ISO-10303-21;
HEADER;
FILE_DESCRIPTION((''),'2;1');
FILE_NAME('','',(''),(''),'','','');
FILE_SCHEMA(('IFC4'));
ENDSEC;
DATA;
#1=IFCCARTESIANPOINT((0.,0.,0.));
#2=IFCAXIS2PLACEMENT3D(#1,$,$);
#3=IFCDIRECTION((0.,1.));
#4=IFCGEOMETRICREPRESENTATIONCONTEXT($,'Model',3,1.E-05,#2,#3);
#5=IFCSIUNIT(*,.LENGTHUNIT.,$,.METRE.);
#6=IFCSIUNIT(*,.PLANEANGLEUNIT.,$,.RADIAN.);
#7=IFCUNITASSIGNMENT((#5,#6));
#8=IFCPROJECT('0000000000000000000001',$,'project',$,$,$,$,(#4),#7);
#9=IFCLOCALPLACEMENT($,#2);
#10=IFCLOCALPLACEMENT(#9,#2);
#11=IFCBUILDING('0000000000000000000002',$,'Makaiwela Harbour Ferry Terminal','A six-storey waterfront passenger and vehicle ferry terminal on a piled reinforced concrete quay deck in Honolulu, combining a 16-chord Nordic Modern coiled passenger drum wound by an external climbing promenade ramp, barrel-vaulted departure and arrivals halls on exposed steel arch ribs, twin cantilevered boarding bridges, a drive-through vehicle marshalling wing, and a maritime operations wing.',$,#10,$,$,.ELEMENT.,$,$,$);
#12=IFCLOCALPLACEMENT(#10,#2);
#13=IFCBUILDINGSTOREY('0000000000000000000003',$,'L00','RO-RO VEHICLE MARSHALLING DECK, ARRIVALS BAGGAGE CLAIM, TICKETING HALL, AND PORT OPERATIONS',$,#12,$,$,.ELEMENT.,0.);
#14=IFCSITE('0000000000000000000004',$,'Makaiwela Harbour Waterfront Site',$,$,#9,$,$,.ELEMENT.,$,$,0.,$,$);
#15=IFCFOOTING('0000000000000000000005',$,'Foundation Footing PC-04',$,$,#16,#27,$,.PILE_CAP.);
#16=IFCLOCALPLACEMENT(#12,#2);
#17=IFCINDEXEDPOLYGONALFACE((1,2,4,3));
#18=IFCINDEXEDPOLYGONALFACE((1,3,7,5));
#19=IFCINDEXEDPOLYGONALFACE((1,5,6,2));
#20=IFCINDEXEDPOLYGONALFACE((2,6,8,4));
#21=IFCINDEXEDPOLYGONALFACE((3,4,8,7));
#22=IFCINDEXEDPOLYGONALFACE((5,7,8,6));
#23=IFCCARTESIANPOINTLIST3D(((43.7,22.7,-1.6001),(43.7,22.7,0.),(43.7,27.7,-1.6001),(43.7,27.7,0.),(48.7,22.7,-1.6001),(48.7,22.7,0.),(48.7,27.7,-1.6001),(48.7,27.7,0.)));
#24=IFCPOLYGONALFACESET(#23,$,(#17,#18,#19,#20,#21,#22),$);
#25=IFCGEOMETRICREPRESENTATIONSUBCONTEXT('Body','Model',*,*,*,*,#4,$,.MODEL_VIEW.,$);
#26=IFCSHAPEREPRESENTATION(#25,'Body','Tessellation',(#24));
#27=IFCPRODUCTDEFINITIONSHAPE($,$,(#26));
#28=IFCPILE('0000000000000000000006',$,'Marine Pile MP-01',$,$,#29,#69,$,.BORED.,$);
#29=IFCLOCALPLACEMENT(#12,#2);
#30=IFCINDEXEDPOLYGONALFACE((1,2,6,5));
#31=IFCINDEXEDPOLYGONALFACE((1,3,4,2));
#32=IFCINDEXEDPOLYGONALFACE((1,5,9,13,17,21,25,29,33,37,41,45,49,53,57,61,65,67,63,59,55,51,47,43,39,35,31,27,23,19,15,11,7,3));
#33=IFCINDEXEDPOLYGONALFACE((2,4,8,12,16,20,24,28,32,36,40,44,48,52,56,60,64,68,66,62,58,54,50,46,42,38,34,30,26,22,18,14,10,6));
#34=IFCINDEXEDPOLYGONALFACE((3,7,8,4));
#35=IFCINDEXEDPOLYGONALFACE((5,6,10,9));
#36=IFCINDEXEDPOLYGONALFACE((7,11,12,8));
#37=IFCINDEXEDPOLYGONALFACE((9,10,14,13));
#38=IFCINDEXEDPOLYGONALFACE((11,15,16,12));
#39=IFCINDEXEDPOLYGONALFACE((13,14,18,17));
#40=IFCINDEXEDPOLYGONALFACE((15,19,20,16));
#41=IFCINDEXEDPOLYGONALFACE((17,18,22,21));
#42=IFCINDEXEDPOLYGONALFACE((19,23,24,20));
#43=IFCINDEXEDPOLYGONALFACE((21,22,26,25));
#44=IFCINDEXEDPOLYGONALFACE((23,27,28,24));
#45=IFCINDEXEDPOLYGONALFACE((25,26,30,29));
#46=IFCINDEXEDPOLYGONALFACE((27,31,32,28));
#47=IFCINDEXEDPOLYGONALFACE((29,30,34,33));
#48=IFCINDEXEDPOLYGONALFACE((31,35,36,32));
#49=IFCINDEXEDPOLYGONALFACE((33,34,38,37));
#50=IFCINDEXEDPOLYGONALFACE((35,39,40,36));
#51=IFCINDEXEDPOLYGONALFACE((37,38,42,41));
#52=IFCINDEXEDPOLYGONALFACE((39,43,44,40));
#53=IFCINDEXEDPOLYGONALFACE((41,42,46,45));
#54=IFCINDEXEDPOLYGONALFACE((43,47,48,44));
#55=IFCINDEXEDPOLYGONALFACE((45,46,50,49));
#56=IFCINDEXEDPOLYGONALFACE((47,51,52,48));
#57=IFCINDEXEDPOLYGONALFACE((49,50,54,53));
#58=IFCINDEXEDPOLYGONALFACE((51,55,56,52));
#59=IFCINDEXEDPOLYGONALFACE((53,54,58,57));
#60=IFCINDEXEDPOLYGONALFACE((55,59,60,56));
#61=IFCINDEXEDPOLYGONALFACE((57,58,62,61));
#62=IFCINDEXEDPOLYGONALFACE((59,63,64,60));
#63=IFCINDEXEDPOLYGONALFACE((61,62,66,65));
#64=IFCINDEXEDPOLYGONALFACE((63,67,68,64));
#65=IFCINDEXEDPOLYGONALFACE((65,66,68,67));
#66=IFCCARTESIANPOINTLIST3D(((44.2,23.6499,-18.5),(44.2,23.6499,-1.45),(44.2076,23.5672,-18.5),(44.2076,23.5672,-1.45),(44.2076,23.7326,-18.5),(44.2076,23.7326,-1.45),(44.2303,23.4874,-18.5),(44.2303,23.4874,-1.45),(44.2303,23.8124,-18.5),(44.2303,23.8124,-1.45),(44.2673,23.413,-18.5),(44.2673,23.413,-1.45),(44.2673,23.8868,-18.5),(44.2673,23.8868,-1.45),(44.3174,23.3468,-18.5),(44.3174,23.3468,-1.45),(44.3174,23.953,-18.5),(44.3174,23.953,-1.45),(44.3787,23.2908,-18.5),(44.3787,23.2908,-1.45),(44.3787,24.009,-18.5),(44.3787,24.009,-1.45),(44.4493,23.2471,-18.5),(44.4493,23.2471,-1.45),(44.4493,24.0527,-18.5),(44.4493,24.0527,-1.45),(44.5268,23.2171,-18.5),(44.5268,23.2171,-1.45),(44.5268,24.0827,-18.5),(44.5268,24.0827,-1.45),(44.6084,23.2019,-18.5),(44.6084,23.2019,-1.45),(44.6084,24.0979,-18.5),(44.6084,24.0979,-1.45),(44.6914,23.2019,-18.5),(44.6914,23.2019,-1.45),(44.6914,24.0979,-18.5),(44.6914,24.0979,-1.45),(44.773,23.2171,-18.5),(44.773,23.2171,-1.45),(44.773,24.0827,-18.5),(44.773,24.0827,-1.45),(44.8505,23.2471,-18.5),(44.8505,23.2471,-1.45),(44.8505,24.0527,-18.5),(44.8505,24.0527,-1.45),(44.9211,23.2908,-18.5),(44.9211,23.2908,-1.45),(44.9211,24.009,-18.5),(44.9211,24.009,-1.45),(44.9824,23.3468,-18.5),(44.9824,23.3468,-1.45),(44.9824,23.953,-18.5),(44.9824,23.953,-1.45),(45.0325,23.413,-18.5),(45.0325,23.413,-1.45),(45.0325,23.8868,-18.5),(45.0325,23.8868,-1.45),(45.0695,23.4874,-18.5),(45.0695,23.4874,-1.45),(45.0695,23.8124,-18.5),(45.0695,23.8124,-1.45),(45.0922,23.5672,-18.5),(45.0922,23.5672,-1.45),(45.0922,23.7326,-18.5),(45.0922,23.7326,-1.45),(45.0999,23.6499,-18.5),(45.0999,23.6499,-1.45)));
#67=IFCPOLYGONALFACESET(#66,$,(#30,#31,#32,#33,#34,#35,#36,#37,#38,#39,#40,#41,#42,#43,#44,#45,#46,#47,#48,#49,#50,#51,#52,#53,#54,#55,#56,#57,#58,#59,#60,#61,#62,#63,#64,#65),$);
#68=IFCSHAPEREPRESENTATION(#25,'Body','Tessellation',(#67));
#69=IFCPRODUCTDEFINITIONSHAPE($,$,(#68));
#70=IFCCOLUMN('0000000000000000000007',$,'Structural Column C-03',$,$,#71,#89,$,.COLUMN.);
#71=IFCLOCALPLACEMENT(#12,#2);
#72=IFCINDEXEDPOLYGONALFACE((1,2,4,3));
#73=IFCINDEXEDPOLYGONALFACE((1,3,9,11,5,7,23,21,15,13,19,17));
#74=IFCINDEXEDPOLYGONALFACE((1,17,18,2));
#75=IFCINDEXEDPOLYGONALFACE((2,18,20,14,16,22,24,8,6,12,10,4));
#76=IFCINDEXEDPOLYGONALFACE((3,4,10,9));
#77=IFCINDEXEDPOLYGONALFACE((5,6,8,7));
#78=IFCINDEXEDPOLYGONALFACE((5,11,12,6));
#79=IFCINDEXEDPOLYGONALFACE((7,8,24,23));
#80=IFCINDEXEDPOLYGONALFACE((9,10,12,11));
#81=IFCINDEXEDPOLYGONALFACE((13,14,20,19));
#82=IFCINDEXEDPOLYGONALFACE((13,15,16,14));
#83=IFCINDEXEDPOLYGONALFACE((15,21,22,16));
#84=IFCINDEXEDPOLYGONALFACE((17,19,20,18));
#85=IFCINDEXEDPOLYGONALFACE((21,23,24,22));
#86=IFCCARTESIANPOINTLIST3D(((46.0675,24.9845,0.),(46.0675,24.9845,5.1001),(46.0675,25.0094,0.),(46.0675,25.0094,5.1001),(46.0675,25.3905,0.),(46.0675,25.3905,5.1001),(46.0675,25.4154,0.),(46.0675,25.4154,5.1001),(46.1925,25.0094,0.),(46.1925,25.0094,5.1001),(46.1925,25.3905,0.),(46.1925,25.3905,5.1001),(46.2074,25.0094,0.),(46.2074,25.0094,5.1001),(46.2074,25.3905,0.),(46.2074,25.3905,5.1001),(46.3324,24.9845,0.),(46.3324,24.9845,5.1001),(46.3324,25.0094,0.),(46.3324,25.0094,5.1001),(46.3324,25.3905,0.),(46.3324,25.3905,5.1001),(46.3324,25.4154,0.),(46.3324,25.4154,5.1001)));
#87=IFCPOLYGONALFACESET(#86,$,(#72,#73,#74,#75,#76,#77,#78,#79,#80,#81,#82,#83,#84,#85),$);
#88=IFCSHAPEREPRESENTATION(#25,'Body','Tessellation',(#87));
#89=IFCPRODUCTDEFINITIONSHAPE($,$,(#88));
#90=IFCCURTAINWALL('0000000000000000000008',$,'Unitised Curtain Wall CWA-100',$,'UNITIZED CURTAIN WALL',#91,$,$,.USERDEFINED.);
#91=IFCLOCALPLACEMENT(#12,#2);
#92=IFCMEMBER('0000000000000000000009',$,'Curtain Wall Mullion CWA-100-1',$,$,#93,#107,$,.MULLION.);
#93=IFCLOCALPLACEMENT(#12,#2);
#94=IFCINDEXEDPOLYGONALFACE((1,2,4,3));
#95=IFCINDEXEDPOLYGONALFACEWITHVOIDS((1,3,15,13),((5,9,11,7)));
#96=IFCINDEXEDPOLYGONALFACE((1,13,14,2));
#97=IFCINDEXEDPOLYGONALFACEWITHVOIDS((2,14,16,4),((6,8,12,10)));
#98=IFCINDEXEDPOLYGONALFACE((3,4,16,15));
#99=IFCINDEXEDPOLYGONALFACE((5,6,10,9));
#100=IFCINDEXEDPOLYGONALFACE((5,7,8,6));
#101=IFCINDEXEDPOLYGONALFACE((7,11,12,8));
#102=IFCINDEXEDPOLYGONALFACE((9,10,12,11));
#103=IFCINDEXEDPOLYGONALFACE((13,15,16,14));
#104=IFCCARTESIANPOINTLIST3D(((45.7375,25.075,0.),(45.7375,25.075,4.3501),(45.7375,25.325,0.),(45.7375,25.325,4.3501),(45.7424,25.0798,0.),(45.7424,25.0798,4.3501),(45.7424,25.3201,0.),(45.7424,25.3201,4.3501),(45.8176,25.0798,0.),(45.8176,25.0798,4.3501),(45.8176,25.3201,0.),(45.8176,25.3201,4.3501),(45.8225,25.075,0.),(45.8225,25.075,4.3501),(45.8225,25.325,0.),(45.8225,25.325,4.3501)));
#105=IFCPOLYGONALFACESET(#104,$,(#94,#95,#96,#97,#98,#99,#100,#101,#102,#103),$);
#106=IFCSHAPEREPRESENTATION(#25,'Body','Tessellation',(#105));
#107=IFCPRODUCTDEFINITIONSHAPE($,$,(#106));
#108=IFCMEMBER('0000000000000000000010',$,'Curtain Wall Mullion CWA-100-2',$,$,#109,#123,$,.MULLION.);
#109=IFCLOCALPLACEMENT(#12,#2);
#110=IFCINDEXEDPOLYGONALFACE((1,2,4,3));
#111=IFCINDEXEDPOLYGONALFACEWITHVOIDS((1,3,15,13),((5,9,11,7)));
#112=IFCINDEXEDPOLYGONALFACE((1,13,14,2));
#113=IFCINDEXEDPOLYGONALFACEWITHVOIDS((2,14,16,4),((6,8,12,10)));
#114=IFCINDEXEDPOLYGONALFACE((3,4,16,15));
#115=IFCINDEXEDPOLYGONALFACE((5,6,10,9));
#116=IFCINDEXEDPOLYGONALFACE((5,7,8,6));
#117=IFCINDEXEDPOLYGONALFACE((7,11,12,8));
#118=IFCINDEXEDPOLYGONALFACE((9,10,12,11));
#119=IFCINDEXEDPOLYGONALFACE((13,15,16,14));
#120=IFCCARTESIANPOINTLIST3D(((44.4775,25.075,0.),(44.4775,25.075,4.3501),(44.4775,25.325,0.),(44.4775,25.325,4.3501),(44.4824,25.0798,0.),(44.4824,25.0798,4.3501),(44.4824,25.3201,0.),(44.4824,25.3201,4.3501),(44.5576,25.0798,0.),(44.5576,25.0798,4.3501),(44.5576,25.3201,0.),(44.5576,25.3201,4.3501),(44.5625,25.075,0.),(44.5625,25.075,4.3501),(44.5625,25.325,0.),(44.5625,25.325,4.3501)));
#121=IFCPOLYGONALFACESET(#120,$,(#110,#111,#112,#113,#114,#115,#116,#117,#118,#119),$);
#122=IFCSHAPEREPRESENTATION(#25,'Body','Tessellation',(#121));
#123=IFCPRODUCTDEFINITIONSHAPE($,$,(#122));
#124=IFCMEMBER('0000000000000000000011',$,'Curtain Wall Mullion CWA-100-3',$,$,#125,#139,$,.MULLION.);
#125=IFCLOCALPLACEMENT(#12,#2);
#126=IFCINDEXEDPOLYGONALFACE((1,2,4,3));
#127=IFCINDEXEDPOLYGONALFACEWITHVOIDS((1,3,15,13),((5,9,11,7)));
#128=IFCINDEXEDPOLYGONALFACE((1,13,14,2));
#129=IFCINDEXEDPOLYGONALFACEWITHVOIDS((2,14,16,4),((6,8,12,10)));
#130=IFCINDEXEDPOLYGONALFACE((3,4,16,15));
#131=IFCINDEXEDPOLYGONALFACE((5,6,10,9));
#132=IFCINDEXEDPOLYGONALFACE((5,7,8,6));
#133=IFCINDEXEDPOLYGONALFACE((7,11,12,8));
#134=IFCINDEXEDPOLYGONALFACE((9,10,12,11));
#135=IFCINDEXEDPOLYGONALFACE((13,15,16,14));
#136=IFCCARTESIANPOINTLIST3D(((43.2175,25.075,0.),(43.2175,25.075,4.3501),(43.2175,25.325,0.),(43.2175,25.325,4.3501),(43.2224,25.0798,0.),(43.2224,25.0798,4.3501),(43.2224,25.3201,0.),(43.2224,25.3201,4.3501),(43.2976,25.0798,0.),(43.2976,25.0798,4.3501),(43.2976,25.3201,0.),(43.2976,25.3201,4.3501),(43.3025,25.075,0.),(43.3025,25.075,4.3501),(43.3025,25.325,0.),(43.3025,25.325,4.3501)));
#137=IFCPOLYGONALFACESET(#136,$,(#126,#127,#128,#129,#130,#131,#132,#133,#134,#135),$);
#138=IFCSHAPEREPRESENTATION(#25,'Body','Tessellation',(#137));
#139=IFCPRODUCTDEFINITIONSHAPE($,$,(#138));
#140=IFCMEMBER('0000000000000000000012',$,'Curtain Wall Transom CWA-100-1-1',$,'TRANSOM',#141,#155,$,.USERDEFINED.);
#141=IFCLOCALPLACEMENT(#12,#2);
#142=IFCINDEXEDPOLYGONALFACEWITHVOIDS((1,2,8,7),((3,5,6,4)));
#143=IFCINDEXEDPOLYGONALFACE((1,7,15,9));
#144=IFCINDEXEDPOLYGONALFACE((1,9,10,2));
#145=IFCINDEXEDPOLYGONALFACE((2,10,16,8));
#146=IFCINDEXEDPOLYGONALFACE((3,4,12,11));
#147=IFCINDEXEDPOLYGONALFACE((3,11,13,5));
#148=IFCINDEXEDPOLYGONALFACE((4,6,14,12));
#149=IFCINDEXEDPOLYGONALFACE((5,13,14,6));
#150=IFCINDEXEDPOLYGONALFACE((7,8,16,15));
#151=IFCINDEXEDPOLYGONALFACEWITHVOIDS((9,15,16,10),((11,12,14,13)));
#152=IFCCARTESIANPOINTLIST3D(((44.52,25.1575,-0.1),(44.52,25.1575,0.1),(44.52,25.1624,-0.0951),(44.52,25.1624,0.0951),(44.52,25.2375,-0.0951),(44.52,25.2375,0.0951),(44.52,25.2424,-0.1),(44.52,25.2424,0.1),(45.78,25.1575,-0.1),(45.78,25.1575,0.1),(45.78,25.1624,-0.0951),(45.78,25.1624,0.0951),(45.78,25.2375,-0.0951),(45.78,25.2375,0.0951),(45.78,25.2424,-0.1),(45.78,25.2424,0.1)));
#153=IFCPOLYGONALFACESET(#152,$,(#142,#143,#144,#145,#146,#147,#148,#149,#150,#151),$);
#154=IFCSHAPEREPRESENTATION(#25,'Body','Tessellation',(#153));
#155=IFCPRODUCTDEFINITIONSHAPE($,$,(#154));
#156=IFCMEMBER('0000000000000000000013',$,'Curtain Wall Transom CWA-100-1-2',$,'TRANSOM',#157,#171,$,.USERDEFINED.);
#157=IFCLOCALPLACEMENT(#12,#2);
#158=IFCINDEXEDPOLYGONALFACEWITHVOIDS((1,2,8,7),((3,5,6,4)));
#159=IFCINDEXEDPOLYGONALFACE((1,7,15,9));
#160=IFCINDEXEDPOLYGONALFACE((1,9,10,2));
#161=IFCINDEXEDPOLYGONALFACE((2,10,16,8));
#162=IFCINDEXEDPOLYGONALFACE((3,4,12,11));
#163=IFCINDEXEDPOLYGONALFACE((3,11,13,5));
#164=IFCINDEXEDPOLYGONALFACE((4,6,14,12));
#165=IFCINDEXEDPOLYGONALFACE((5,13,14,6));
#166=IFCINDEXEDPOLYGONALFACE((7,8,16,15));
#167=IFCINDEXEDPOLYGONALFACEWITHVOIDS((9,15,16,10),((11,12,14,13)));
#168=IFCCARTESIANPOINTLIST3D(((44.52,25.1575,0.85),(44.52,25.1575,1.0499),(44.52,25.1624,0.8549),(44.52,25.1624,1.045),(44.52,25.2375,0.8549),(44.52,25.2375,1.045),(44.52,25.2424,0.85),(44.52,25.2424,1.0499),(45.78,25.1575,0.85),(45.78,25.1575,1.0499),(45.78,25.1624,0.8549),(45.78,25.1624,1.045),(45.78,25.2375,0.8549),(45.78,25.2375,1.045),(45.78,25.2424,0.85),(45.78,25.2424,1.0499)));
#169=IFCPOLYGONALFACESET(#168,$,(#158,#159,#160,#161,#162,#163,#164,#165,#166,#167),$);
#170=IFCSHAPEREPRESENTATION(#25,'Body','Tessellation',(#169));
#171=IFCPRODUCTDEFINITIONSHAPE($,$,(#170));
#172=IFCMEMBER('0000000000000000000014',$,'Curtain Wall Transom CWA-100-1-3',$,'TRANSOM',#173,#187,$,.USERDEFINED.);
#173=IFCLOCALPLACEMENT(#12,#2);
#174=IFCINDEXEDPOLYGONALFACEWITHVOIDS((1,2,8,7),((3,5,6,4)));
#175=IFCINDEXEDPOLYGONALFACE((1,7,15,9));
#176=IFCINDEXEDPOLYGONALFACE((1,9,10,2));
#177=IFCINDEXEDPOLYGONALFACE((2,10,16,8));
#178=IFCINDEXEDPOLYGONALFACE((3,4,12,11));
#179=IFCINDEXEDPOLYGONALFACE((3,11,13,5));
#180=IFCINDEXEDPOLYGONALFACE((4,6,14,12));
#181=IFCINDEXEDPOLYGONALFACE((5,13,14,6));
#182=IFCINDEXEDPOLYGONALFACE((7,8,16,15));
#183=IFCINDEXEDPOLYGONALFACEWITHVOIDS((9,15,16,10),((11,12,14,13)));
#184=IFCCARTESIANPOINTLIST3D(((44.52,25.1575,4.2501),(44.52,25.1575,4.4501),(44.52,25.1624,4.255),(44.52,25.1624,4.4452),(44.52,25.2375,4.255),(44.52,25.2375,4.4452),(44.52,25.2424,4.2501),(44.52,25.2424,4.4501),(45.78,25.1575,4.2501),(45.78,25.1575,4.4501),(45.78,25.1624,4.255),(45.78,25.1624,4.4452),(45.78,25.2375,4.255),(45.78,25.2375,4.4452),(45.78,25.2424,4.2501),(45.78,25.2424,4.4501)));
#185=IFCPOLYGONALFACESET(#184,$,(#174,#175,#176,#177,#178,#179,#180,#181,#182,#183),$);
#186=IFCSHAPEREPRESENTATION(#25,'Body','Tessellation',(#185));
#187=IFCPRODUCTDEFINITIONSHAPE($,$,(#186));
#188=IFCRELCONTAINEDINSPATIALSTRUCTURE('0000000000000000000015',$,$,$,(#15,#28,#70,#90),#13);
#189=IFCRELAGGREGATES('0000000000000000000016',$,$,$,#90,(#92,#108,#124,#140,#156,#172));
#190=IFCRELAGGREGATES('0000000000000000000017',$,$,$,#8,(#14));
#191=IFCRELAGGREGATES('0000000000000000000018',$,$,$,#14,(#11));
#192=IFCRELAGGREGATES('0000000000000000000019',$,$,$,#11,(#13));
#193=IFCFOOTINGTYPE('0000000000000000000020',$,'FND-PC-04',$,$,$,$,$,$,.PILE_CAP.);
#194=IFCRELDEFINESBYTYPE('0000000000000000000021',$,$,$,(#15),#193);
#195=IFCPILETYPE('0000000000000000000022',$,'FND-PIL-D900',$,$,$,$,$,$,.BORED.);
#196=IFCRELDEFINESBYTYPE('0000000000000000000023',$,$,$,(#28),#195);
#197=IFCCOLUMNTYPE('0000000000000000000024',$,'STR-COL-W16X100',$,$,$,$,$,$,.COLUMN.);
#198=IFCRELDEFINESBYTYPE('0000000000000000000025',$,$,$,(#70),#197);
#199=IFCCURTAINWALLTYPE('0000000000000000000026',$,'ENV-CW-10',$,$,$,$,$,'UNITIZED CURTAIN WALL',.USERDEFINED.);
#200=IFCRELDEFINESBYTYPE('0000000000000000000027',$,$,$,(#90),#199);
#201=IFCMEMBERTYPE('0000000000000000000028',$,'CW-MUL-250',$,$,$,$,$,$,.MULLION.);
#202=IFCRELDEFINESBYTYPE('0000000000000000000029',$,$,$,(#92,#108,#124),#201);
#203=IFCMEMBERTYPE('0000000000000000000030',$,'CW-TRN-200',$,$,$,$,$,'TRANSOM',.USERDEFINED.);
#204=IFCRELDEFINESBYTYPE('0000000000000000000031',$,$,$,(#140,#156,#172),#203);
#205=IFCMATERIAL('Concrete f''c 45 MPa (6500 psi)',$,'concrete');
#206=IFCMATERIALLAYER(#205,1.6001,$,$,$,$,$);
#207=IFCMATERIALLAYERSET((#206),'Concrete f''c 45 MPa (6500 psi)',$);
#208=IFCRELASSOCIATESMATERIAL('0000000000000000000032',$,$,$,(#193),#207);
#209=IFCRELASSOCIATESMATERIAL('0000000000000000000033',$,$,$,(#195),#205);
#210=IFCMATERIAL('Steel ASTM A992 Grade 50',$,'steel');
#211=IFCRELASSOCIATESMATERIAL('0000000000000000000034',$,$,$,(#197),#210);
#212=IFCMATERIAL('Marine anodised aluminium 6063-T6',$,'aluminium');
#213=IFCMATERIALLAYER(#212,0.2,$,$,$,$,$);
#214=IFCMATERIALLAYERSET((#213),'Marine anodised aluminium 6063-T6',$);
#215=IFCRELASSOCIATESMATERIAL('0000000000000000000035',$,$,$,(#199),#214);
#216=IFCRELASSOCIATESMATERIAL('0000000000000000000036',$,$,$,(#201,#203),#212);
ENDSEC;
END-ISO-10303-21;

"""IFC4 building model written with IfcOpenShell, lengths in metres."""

from ifc_helpers import new_model, si_unit, direction, frame, origin, origin_2d, place, context, subcontext, project, spatial, rectangle, hollow_rectangle, circle, i_section, extrude, material, layer, layer_set, material_profile, profile_set, type_object, element, aggregate, save


model = new_model("IFC4")

# Units and contexts
model_context = context("Model", 3, precision=1e-05, world=origin(), true_north=direction((0.0, 1.0)))
body_context = subcontext(model_context, "Body", "Model", "MODEL_VIEW")
ifc_project = project(units=[si_unit("LENGTHUNIT", "METRE"), si_unit("PLANEANGLEUNIT", "RADIAN")], contexts=[model_context])

# Site, building, storey
site_placement = place(None, origin())
site = spatial("IfcSite", under=ifc_project, at=site_placement, Name="Makaiwela Harbour Waterfront Site", CompositionType="ELEMENT", RefElevation=0.0)
building_placement = place(site_placement, origin())
building = spatial("IfcBuilding", under=site, at=building_placement, Name="Makaiwela Harbour Ferry Terminal", Description="A six-storey waterfront passenger and vehicle ferry terminal on a piled reinforced concrete quay deck in Honolulu, combining a 16-chord Nordic Modern coiled passenger drum wound by an external climbing promenade ramp, barrel-vaulted departure and arrivals halls on exposed steel arch ribs, twin cantilevered boarding bridges, a drive-through vehicle marshalling wing, and a maritime operations wing.", CompositionType="ELEMENT")
storey_placement = place(building_placement, origin())
storey = spatial("IfcBuildingStorey", under=building, at=storey_placement, Name="L00", Description="RO-RO VEHICLE MARSHALLING DECK, ARRIVALS BAGGAGE CLAIM, TICKETING HALL, AND PORT OPERATIONS", CompositionType="ELEMENT", Elevation=0.0)

# Footing
ifc_material_1 = material(Name="Concrete f'c 45 MPa (6500 psi)", Category="concrete")
ifc_layer_1 = layer(ifc_material_1, 1.6001)
ifc_layer_set_1 = layer_set([ifc_layer_1], Name="Concrete f'c 45 MPa (6500 psi)")
footing_type = type_object("IfcFootingType", Name="FND-PC-04", PredefinedType="PILE_CAP", material=ifc_layer_set_1)
footing_placement = place(storey_placement, frame((46.2, 25.2, -1.6001), z_axis=(0.0, 0.0, 1.0), x_axis=(1.0, 0.0, 0.0)))
element("IfcFooting", 1, at=footing_placement, inside=storey, type_object=footing_type, Name="Foundation Footing PC-04", PredefinedType="PILE_CAP", context=body_context, shape_type="SweptSolid", body=[
    extrude(rectangle(XDim=5.0, YDim=5.0, at=origin_2d()), origin(), (0.0, 0.0, 1.0), 1.6001),
])

# Pile
ifc_material_profile_1 = material_profile(ifc_material_1, circle(Radius=0.45, at=origin_2d()), Name="PILE-D900")
ifc_profile_set_1 = profile_set([ifc_material_profile_1], Name="Concrete f'c 45 MPa (6500 psi)")
pile_type = type_object("IfcPileType", Name="FND-PIL-D900", PredefinedType="BORED", material=ifc_profile_set_1)
pile_placement = place(storey_placement, frame((44.6499, 23.6499, -1.45), z_axis=(0.0, 0.0, -1.0), x_axis=(1.0, 0.0, 0.0)))
element("IfcPile", 2, at=pile_placement, inside=storey, type_object=pile_type, Name="Marine Pile MP-01", PredefinedType="BORED", context=body_context, shape_type="SweptSolid", body=[
    extrude(circle(Radius=0.45, at=origin_2d()), origin(), (0.0, 0.0, 1.0), 17.05),
])

# Column
ifc_material_2 = material(Name="Steel ASTM A992 Grade 50", Category="steel")
ifc_material_profile_2 = material_profile(ifc_material_2, i_section(OverallWidth=0.2649, OverallDepth=0.4309, WebThickness=0.0149, FlangeThickness=0.0249, at=origin_2d()), Name="W16X100")
ifc_profile_set_2 = profile_set([ifc_material_profile_2], Name="Steel ASTM A992 Grade 50")
column_type = type_object("IfcColumnType", Name="STR-COL-W16X100", PredefinedType="COLUMN", material=ifc_profile_set_2)
column_placement = place(storey_placement, frame((46.2, 25.2, 0.0), z_axis=(0.0, 0.0, 1.0), x_axis=(1.0, 0.0, 0.0)))
element("IfcColumn", 3, at=column_placement, inside=storey, type_object=column_type, Name="Structural Column C-03", PredefinedType="COLUMN", context=body_context, shape_type="SweptSolid", body=[
    extrude(i_section(OverallWidth=0.2649, OverallDepth=0.4309, WebThickness=0.0149, FlangeThickness=0.0249, at=origin_2d()), origin(), (0.0, 0.0, 1.0), 5.1001),
])

# Curtain wall, members
ifc_material_3 = material(Name="Marine anodised aluminium 6063-T6", Category="aluminium")
ifc_layer_2 = layer(ifc_material_3, 0.2)
ifc_layer_set_2 = layer_set([ifc_layer_2], Name="Marine anodised aluminium 6063-T6")
curtain_wall_type = type_object("IfcCurtainWallType", Name="ENV-CW-10", ElementType="UNITIZED CURTAIN WALL", PredefinedType="USERDEFINED", material=ifc_layer_set_2)
curtain_wall_placement = place(storey_placement, origin())
curtain_wall = element("IfcCurtainWall", 4, at=curtain_wall_placement, inside=storey, type_object=curtain_wall_type, Name="Unitised Curtain Wall CWA-100", ObjectType="UNITIZED CURTAIN WALL", PredefinedType="USERDEFINED")
ifc_material_profile_3 = material_profile(ifc_material_3, hollow_rectangle(XDim=0.085, YDim=0.25, WallThickness=0.0049, at=origin_2d()), Name="CWM-250X85")
ifc_profile_set_3 = profile_set([ifc_material_profile_3], Name="Marine anodised aluminium 6063-T6")
member_type_1 = type_object("IfcMemberType", Name="CW-MUL-250", PredefinedType="MULLION", material=ifc_profile_set_3)
member_1_placement = place(storey_placement, frame((45.78, 25.2, 0.0), z_axis=(0.0, 0.0, 1.0), x_axis=(1.0, 0.0, 0.0)))
member_1 = element("IfcMember", 5, at=member_1_placement, type_object=member_type_1, Name="Curtain Wall Mullion CWA-100-1", PredefinedType="MULLION", context=body_context, shape_type="SweptSolid", body=[
    extrude(hollow_rectangle(XDim=0.085, YDim=0.25, WallThickness=0.0049, at=origin_2d()), origin(), (0.0, 0.0, 1.0), 4.3501),
])
member_2_placement = place(storey_placement, frame((44.52, 25.2, 0.0), z_axis=(0.0, 0.0, 1.0), x_axis=(1.0, 0.0, 0.0)))
member_2 = element("IfcMember", 6, at=member_2_placement, type_object=member_type_1, Name="Curtain Wall Mullion CWA-100-2", PredefinedType="MULLION", context=body_context, shape_type="SweptSolid", body=[
    extrude(hollow_rectangle(XDim=0.085, YDim=0.25, WallThickness=0.0049, at=origin_2d()), origin(), (0.0, 0.0, 1.0), 4.3501),
])
member_3_placement = place(storey_placement, frame((43.26, 25.2, 0.0), z_axis=(0.0, 0.0, 1.0), x_axis=(1.0, 0.0, 0.0)))
member_3 = element("IfcMember", 7, at=member_3_placement, type_object=member_type_1, Name="Curtain Wall Mullion CWA-100-3", PredefinedType="MULLION", context=body_context, shape_type="SweptSolid", body=[
    extrude(hollow_rectangle(XDim=0.085, YDim=0.25, WallThickness=0.0049, at=origin_2d()), origin(), (0.0, 0.0, 1.0), 4.3501),
])
ifc_material_profile_4 = material_profile(ifc_material_3, hollow_rectangle(XDim=0.085, YDim=0.2, WallThickness=0.0049, at=origin_2d()), Name="CWT-200X85")
ifc_profile_set_4 = profile_set([ifc_material_profile_4], Name="Marine anodised aluminium 6063-T6")
member_type_2 = type_object("IfcMemberType", Name="CW-TRN-200", ElementType="TRANSOM", PredefinedType="USERDEFINED", material=ifc_profile_set_4)
member_4_placement = place(storey_placement, frame((45.78, 25.2, 0.0), z_axis=(-1.0, 0.0, 0.0), x_axis=(0.0, -1.0, 0.0)))
member_4 = element("IfcMember", 8, at=member_4_placement, type_object=member_type_2, Name="Curtain Wall Transom CWA-100-1-1", ObjectType="TRANSOM", PredefinedType="USERDEFINED", context=body_context, shape_type="SweptSolid", body=[
    extrude(hollow_rectangle(XDim=0.085, YDim=0.2, WallThickness=0.0049, at=origin_2d()), origin(), (0.0, 0.0, 1.0), 1.26),
])
member_5_placement = place(storey_placement, frame((45.78, 25.2, 0.95), z_axis=(-1.0, 0.0, 0.0), x_axis=(0.0, -1.0, 0.0)))
member_5 = element("IfcMember", 9, at=member_5_placement, type_object=member_type_2, Name="Curtain Wall Transom CWA-100-1-2", ObjectType="TRANSOM", PredefinedType="USERDEFINED", context=body_context, shape_type="SweptSolid", body=[
    extrude(hollow_rectangle(XDim=0.085, YDim=0.2, WallThickness=0.0049, at=origin_2d()), origin(), (0.0, 0.0, 1.0), 1.26),
])
member_6_placement = place(storey_placement, frame((45.78, 25.2, 4.3501), z_axis=(-1.0, 0.0, 0.0), x_axis=(0.0, -1.0, 0.0)))
member_6 = element("IfcMember", 10, at=member_6_placement, type_object=member_type_2, Name="Curtain Wall Transom CWA-100-1-3", ObjectType="TRANSOM", PredefinedType="USERDEFINED", context=body_context, shape_type="SweptSolid", body=[
    extrude(hollow_rectangle(XDim=0.085, YDim=0.2, WallThickness=0.0049, at=origin_2d()), origin(), (0.0, 0.0, 1.0), 1.26),
])
aggregate(curtain_wall, [member_1, member_2, member_3, member_4, member_5, member_6])

save(model, "model.ifc")
